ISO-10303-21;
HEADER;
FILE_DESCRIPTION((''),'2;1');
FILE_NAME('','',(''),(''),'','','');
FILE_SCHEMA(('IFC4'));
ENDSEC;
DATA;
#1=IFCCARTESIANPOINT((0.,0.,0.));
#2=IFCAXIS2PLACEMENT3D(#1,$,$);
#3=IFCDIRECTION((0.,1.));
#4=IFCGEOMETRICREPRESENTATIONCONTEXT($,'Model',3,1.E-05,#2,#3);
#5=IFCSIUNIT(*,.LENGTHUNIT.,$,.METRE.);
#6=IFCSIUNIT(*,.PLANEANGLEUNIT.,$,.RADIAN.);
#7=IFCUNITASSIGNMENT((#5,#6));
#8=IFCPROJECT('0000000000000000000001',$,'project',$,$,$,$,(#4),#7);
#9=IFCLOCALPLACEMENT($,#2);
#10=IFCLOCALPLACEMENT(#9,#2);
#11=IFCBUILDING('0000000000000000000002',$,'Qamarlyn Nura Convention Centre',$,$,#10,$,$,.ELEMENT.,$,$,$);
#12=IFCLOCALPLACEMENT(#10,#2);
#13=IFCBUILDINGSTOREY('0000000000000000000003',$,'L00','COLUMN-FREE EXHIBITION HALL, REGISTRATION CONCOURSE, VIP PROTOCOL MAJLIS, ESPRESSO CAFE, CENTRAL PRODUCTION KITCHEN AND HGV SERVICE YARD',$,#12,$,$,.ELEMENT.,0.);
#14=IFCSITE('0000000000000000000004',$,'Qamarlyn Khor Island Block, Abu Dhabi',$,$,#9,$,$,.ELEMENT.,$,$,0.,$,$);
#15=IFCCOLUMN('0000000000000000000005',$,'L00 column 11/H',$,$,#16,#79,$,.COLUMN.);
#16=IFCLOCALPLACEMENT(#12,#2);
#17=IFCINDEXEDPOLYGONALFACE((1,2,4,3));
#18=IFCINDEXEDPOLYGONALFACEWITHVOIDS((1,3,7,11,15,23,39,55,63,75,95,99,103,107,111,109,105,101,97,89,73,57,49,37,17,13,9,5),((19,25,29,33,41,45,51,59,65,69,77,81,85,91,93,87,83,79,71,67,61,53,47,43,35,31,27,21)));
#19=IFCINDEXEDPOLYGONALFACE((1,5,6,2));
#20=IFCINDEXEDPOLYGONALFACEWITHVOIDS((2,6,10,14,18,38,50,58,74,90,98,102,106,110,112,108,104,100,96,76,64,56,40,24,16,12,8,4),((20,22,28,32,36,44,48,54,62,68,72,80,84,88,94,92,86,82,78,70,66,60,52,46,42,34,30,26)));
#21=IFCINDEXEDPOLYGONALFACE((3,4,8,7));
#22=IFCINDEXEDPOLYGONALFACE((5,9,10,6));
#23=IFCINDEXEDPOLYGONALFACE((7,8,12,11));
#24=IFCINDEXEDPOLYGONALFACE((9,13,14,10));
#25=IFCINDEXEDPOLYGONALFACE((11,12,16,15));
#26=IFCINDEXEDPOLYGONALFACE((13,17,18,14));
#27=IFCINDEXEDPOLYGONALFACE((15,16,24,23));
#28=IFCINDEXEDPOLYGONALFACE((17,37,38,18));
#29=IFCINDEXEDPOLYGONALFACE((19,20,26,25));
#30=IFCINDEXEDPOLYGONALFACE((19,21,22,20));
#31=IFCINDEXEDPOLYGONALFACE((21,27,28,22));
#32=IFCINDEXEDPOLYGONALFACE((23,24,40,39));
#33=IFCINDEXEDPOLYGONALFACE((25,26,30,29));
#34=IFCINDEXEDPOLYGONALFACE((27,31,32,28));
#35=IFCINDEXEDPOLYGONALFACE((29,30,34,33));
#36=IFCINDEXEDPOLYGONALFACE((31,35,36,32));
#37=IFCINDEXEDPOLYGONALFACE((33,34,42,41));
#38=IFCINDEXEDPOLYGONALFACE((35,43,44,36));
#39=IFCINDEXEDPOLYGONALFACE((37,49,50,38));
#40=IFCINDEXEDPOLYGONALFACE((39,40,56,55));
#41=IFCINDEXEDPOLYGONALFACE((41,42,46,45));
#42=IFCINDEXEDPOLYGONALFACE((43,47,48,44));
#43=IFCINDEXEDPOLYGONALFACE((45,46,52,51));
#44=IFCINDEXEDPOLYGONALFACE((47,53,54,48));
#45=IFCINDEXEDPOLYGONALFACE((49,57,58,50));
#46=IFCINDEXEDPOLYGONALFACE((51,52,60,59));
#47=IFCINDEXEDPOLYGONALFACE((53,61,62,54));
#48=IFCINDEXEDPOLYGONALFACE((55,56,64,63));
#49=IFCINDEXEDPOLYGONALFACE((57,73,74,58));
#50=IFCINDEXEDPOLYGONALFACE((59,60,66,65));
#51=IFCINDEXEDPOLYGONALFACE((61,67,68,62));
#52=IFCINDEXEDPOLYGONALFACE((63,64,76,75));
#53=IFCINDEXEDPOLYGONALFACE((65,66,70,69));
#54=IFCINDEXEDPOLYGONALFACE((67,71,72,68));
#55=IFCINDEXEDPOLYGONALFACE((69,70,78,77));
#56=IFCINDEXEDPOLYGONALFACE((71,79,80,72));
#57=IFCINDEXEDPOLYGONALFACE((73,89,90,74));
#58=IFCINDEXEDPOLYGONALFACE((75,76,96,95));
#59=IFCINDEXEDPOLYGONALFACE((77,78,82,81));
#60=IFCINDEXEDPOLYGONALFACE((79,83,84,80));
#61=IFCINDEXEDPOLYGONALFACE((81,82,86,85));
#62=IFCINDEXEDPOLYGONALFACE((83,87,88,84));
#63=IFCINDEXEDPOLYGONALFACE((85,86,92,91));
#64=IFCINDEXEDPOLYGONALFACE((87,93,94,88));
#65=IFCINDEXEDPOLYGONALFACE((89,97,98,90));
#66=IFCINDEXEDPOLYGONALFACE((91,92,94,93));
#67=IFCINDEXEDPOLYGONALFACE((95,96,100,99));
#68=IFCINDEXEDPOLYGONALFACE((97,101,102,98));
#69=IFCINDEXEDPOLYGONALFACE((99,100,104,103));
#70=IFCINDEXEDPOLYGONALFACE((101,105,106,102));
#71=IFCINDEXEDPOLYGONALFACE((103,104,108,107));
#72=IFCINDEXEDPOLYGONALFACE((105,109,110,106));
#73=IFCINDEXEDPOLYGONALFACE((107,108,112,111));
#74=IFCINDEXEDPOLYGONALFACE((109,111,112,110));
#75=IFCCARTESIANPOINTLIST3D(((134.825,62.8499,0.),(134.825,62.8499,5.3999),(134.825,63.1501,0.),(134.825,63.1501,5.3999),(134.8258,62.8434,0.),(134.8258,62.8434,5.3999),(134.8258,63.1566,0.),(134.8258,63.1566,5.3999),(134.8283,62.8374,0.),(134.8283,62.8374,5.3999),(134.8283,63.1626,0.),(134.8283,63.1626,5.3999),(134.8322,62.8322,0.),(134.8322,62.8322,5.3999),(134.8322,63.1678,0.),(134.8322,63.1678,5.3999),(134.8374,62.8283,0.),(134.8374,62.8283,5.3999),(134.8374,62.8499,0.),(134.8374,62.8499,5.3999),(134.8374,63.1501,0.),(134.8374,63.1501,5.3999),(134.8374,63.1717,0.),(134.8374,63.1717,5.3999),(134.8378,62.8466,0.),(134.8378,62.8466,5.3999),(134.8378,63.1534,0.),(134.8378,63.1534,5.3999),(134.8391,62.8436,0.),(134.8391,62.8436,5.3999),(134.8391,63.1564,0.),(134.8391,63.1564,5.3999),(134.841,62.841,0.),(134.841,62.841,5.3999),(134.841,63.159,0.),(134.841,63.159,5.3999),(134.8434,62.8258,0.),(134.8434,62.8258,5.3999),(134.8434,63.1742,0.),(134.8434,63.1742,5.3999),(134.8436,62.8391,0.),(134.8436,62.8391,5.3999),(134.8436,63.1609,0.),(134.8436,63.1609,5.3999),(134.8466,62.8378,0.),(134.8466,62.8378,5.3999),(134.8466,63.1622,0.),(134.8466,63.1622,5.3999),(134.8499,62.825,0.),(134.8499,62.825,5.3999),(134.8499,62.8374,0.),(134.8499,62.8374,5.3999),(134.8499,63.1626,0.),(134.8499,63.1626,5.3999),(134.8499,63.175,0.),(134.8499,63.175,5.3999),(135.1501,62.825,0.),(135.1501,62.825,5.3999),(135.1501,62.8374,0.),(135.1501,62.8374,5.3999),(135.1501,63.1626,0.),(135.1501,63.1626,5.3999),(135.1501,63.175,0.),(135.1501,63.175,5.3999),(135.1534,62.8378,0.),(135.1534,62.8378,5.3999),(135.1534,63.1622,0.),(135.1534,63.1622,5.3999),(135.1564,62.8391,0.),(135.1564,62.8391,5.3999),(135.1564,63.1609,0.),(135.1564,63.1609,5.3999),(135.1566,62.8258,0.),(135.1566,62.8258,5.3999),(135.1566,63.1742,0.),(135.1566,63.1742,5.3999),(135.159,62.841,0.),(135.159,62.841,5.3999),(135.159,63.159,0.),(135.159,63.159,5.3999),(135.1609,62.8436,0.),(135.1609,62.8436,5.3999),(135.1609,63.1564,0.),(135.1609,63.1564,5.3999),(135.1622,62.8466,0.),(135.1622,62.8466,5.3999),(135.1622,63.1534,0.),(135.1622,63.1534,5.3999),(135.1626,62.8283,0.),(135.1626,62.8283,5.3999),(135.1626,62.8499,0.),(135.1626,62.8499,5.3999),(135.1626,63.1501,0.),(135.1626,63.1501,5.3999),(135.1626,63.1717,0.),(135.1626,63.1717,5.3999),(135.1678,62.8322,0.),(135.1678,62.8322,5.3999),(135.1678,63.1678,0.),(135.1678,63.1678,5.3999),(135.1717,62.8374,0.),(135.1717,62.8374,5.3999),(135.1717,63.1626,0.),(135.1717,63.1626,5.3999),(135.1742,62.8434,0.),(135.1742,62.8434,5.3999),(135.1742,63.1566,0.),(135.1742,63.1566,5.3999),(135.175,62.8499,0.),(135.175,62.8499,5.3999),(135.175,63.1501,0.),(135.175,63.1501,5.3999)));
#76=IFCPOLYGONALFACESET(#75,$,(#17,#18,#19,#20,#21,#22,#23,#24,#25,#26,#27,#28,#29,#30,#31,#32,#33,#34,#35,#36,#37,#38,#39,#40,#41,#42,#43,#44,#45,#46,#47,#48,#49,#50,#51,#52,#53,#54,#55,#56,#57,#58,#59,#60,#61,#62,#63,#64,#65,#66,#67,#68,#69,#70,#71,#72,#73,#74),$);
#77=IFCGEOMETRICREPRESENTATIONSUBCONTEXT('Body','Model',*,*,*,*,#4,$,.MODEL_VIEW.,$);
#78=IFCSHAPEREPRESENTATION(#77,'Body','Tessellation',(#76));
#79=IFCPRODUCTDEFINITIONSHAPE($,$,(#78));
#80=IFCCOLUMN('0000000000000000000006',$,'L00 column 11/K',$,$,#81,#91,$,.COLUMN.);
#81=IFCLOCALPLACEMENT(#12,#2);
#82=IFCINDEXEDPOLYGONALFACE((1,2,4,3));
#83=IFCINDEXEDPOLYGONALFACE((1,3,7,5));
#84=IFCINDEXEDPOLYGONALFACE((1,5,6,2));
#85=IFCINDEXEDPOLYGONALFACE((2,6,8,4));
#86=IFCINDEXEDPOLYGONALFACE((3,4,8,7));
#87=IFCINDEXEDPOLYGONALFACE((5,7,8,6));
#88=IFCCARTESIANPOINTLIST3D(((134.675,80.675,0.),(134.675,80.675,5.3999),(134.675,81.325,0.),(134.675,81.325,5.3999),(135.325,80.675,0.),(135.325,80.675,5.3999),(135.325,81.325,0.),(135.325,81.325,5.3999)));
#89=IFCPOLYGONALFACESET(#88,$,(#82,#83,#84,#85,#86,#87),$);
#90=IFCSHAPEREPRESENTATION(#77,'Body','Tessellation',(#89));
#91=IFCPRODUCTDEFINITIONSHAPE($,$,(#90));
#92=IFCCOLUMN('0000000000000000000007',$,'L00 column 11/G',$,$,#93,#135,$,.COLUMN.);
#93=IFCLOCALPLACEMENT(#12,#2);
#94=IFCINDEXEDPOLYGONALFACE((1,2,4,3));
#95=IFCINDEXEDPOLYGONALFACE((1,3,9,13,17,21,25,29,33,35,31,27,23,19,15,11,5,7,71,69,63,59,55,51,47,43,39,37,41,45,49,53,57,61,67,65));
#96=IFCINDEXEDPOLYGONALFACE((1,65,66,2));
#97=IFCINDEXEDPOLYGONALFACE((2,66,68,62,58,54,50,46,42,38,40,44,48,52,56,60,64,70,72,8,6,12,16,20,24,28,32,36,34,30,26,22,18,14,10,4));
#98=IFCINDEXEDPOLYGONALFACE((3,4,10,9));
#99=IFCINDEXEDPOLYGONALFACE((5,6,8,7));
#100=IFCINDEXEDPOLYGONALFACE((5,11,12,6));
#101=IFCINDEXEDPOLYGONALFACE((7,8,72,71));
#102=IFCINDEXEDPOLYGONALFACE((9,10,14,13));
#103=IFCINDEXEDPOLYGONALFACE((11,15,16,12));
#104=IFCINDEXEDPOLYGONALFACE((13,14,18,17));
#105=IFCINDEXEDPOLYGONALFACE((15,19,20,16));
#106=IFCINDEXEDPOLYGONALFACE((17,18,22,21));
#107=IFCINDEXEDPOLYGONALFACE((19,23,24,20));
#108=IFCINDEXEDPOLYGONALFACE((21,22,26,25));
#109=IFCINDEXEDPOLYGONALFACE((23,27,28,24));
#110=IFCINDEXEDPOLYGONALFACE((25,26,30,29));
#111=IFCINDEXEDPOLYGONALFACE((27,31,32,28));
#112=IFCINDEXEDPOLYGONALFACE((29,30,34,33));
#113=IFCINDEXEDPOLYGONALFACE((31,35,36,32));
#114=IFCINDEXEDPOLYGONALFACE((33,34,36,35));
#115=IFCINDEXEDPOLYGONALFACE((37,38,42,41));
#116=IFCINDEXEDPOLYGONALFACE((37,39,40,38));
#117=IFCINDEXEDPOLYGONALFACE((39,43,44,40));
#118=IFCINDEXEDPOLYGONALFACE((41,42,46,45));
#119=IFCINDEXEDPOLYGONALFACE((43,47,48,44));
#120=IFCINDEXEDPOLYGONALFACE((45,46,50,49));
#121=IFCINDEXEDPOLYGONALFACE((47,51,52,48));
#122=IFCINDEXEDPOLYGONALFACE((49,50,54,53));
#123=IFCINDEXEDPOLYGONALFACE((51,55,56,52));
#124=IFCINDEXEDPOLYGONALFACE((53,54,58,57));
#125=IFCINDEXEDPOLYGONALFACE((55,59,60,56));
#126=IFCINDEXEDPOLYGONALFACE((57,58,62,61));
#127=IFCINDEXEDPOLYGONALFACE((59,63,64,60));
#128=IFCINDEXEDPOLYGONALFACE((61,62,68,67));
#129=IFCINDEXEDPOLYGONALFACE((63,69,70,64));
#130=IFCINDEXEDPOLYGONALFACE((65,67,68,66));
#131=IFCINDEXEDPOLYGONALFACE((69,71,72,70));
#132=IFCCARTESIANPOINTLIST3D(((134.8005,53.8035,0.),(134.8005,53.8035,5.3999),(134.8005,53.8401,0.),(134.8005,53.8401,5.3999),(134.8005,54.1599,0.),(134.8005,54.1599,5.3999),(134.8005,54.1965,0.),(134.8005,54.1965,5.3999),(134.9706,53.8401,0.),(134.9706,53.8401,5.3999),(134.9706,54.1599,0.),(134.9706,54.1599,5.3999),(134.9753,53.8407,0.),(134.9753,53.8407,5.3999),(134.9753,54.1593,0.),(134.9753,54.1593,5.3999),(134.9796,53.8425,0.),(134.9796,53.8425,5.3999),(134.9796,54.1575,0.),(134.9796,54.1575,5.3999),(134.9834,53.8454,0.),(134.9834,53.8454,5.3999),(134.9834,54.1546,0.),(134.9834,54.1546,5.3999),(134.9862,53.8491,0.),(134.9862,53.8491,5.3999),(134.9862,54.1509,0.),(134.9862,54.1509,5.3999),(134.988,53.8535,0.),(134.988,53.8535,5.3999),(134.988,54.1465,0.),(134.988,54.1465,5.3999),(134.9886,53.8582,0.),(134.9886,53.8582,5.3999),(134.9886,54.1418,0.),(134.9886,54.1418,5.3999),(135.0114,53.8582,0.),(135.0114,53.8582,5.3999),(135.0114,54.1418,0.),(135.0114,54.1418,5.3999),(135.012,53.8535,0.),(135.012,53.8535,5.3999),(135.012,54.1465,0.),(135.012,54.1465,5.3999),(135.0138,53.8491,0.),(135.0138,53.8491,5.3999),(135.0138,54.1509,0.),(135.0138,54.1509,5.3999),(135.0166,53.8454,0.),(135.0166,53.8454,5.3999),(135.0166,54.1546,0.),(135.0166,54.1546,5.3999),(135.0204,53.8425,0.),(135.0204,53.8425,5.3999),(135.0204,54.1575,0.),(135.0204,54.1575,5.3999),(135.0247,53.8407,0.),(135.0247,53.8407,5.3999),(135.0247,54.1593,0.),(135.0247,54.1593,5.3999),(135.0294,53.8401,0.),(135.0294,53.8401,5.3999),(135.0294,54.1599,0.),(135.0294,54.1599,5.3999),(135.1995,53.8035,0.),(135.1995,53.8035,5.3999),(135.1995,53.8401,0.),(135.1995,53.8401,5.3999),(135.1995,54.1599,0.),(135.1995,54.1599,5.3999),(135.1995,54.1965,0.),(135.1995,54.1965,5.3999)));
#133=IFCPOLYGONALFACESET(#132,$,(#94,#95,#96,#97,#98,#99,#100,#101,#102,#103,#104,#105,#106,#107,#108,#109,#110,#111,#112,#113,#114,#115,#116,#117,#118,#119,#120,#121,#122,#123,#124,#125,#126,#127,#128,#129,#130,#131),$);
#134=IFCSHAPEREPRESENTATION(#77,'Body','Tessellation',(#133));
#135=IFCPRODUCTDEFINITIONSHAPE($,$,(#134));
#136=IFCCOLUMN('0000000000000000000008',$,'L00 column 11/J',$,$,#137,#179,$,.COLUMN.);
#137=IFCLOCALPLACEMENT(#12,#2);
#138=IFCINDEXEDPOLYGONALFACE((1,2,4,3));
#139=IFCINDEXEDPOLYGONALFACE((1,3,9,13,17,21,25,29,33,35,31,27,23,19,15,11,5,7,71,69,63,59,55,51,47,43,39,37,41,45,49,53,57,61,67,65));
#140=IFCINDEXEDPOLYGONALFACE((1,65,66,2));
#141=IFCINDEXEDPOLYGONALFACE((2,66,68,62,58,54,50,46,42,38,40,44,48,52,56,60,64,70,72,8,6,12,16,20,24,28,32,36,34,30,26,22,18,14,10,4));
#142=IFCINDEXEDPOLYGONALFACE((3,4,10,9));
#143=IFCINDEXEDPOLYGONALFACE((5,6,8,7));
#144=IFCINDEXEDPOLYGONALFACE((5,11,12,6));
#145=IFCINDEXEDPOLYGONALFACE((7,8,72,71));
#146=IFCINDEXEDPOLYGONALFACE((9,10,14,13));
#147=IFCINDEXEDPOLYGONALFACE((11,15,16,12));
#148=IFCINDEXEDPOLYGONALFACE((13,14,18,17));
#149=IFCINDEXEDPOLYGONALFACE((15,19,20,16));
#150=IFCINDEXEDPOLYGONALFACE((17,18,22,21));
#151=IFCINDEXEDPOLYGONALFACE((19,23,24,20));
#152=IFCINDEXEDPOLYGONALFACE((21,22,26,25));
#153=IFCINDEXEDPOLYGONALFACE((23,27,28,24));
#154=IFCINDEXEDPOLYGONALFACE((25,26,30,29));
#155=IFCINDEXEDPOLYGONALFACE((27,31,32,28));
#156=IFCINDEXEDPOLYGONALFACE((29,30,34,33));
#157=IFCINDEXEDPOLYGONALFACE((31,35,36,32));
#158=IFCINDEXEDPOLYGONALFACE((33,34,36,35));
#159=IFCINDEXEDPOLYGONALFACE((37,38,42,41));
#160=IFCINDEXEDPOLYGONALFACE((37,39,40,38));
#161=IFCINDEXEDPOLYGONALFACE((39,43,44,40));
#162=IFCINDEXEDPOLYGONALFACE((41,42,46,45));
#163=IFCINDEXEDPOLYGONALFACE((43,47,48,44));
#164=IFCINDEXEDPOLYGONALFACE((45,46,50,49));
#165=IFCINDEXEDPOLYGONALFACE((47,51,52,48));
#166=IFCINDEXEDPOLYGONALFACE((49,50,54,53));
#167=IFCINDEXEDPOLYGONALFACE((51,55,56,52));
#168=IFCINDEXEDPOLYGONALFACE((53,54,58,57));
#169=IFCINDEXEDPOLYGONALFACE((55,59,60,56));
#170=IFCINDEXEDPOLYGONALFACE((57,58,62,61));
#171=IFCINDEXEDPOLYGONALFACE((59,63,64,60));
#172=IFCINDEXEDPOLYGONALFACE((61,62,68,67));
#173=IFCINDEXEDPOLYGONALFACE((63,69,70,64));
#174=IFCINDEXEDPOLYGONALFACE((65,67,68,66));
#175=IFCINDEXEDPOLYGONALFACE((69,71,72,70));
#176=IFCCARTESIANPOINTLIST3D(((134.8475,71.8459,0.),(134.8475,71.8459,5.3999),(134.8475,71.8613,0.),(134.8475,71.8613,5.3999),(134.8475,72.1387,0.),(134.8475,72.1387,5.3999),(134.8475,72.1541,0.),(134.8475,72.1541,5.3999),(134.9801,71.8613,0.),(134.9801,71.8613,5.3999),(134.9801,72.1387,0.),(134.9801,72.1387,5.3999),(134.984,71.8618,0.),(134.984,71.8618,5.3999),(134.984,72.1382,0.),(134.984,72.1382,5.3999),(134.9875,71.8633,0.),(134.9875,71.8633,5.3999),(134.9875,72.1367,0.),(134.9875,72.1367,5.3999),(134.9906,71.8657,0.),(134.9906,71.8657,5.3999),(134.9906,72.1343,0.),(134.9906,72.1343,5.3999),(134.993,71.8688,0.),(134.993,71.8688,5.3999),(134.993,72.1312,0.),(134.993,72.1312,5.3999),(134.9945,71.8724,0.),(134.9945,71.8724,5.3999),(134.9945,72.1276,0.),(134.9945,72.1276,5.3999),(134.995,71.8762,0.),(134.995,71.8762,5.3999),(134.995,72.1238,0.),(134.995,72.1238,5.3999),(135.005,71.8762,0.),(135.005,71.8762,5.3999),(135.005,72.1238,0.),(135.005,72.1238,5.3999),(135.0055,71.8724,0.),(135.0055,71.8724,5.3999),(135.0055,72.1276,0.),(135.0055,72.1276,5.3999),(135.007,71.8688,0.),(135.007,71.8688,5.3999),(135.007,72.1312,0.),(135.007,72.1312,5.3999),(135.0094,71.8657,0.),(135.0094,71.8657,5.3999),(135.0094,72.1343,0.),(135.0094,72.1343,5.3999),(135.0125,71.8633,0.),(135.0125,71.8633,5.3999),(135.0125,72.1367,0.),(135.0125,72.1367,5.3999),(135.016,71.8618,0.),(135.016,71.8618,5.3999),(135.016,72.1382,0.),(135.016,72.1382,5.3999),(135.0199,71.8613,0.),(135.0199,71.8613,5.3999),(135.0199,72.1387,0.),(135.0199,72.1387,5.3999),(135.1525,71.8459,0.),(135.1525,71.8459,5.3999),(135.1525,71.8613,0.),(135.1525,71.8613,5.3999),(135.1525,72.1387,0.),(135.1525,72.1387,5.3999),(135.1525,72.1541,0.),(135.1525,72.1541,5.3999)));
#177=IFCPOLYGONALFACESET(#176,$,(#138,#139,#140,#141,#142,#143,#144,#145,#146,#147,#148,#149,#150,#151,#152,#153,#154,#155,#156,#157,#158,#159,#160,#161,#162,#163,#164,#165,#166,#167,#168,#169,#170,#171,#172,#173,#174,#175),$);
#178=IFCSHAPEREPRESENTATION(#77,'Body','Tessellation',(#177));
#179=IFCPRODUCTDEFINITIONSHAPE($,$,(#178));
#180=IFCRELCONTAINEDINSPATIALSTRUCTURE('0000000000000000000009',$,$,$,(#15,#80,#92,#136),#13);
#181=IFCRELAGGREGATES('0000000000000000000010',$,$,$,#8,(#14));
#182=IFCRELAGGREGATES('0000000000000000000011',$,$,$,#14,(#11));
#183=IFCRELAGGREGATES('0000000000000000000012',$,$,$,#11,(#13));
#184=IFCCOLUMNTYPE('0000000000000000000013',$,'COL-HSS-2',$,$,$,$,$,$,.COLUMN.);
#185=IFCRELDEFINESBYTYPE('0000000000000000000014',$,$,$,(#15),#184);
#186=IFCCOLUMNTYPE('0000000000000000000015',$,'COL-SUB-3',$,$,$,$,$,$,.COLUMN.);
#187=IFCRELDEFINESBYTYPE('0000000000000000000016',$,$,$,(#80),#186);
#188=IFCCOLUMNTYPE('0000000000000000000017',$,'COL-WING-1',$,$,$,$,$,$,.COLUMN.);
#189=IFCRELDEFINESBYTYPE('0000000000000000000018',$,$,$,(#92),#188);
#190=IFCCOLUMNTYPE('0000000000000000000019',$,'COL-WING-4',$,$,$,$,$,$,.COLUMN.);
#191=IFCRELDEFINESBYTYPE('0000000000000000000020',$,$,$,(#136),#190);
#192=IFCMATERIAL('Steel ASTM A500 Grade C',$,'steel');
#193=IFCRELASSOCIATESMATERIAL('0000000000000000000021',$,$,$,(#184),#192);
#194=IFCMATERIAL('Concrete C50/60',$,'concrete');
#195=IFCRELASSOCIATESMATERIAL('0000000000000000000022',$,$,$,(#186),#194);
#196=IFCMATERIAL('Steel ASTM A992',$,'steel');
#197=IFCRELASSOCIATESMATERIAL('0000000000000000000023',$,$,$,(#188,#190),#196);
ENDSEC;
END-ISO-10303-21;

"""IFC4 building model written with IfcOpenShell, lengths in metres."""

from ifc_helpers import new_model, si_unit, direction, frame, origin, origin_2d, place, context, subcontext, project, spatial, rectangle, hollow_rectangle, i_section, extrude, material, material_profile, profile_set, type_object, element, save


model = new_model("IFC4")

# Units and contexts
model_context = context("Model", 3, precision=1e-05, world=origin(), true_north=direction((0.0, 1.0)))
body_context = subcontext(model_context, "Body", "Model", "MODEL_VIEW")
ifc_project = project(units=[si_unit("LENGTHUNIT", "METRE"), si_unit("PLANEANGLEUNIT", "RADIAN")], contexts=[model_context])

# Site, building, storey
site_placement = place(None, origin())
site = spatial("IfcSite", under=ifc_project, at=site_placement, Name="Qamarlyn Khor Island Block, Abu Dhabi", CompositionType="ELEMENT", RefElevation=0.0)
building_placement = place(site_placement, origin())
building = spatial("IfcBuilding", under=site, at=building_placement, Name="Qamarlyn Nura Convention Centre", CompositionType="ELEMENT")
storey_placement = place(building_placement, origin())
storey = spatial("IfcBuildingStorey", under=building, at=storey_placement, Name="L00", Description="COLUMN-FREE EXHIBITION HALL, REGISTRATION CONCOURSE, VIP PROTOCOL MAJLIS, ESPRESSO CAFE, CENTRAL PRODUCTION KITCHEN AND HGV SERVICE YARD", CompositionType="ELEMENT", Elevation=0.0)

# Columns
ifc_material_1 = material(Name="Steel ASTM A500 Grade C", Category="steel")
ifc_material_profile_1 = material_profile(ifc_material_1, hollow_rectangle(XDim=0.3501, YDim=0.3501, WallThickness=0.0125, InnerFilletRadius=0.0125, OuterFilletRadius=0.0249, at=origin_2d()), Name="HSS350X350X12.5")
ifc_profile_set_1 = profile_set([ifc_material_profile_1], Name="Steel ASTM A500 Grade C")
column_type_1 = type_object("IfcColumnType", Name="COL-HSS-2", PredefinedType="COLUMN", material=ifc_profile_set_1)
column_1_placement = place(storey_placement, frame((135.0, 63.0, 0.0), z_axis=(0.0, 0.0, 1.0), x_axis=(1.0, 0.0, 0.0)))
element("IfcColumn", 1, at=column_1_placement, inside=storey, type_object=column_type_1, Name="L00 column 11/H", PredefinedType="COLUMN", context=body_context, shape_type="SweptSolid", body=[
    extrude(hollow_rectangle(XDim=0.3501, YDim=0.3501, WallThickness=0.0125, InnerFilletRadius=0.0125, OuterFilletRadius=0.0249, at=origin_2d()), origin(), (0.0, 0.0, 1.0), 5.3999),
])
ifc_material_2 = material(Name="Concrete C50/60", Category="concrete")
ifc_material_profile_2 = material_profile(ifc_material_2, rectangle(XDim=0.6499, YDim=0.6499, at=origin_2d()), Name="RC 650x650")
ifc_profile_set_2 = profile_set([ifc_material_profile_2], Name="Concrete C50/60")
column_type_2 = type_object("IfcColumnType", Name="COL-SUB-3", PredefinedType="COLUMN", material=ifc_profile_set_2)
column_2_placement = place(storey_placement, frame((135.0, 81.0, 0.0), z_axis=(0.0, 0.0, 1.0), x_axis=(1.0, 0.0, 0.0)))
element("IfcColumn", 2, at=column_2_placement, inside=storey, type_object=column_type_2, Name="L00 column 11/K", PredefinedType="COLUMN", context=body_context, shape_type="SweptSolid", body=[
    extrude(rectangle(XDim=0.6499, YDim=0.6499, at=origin_2d()), origin(), (0.0, 0.0, 1.0), 5.3999),
])
ifc_material_3 = material(Name="Steel ASTM A992", Category="steel")
ifc_material_profile_3 = material_profile(ifc_material_3, i_section(OverallWidth=0.3989, OverallDepth=0.3931, WebThickness=0.0227, FlangeThickness=0.0366, FilletRadius=0.0181, at=origin_2d()), Name="W360X287")
ifc_profile_set_3 = profile_set([ifc_material_profile_3], Name="Steel ASTM A992")
column_type_3 = type_object("IfcColumnType", Name="COL-WING-1", PredefinedType="COLUMN", material=ifc_profile_set_3)
column_3_placement = place(storey_placement, frame((135.0, 54.0, 0.0), z_axis=(0.0, 0.0, 1.0), x_axis=(1.0, 0.0, 0.0)))
element("IfcColumn", 3, at=column_3_placement, inside=storey, type_object=column_type_3, Name="L00 column 11/G", PredefinedType="COLUMN", context=body_context, shape_type="SweptSolid", body=[
    extrude(i_section(OverallWidth=0.3989, OverallDepth=0.3931, WebThickness=0.0227, FlangeThickness=0.0366, FilletRadius=0.0181, at=origin_2d()), origin(), (0.0, 0.0, 1.0), 5.3999),
])
ifc_material_profile_4 = material_profile(ifc_material_3, i_section(OverallWidth=0.3049, OverallDepth=0.3081, WebThickness=0.01, FlangeThickness=0.0154, FilletRadius=0.0149, at=origin_2d()), Name="W310X97")
ifc_profile_set_4 = profile_set([ifc_material_profile_4], Name="Steel ASTM A992")
column_type_4 = type_object("IfcColumnType", Name="COL-WING-4", PredefinedType="COLUMN", material=ifc_profile_set_4)
column_4_placement = place(storey_placement, frame((135.0, 72.0, 0.0), z_axis=(0.0, 0.0, 1.0), x_axis=(1.0, 0.0, 0.0)))
element("IfcColumn", 4, at=column_4_placement, inside=storey, type_object=column_type_4, Name="L00 column 11/J", PredefinedType="COLUMN", context=body_context, shape_type="SweptSolid", body=[
    extrude(i_section(OverallWidth=0.3049, OverallDepth=0.3081, WebThickness=0.01, FlangeThickness=0.0154, FilletRadius=0.0149, at=origin_2d()), origin(), (0.0, 0.0, 1.0), 5.3999),
])

save(model, "model.ifc")
